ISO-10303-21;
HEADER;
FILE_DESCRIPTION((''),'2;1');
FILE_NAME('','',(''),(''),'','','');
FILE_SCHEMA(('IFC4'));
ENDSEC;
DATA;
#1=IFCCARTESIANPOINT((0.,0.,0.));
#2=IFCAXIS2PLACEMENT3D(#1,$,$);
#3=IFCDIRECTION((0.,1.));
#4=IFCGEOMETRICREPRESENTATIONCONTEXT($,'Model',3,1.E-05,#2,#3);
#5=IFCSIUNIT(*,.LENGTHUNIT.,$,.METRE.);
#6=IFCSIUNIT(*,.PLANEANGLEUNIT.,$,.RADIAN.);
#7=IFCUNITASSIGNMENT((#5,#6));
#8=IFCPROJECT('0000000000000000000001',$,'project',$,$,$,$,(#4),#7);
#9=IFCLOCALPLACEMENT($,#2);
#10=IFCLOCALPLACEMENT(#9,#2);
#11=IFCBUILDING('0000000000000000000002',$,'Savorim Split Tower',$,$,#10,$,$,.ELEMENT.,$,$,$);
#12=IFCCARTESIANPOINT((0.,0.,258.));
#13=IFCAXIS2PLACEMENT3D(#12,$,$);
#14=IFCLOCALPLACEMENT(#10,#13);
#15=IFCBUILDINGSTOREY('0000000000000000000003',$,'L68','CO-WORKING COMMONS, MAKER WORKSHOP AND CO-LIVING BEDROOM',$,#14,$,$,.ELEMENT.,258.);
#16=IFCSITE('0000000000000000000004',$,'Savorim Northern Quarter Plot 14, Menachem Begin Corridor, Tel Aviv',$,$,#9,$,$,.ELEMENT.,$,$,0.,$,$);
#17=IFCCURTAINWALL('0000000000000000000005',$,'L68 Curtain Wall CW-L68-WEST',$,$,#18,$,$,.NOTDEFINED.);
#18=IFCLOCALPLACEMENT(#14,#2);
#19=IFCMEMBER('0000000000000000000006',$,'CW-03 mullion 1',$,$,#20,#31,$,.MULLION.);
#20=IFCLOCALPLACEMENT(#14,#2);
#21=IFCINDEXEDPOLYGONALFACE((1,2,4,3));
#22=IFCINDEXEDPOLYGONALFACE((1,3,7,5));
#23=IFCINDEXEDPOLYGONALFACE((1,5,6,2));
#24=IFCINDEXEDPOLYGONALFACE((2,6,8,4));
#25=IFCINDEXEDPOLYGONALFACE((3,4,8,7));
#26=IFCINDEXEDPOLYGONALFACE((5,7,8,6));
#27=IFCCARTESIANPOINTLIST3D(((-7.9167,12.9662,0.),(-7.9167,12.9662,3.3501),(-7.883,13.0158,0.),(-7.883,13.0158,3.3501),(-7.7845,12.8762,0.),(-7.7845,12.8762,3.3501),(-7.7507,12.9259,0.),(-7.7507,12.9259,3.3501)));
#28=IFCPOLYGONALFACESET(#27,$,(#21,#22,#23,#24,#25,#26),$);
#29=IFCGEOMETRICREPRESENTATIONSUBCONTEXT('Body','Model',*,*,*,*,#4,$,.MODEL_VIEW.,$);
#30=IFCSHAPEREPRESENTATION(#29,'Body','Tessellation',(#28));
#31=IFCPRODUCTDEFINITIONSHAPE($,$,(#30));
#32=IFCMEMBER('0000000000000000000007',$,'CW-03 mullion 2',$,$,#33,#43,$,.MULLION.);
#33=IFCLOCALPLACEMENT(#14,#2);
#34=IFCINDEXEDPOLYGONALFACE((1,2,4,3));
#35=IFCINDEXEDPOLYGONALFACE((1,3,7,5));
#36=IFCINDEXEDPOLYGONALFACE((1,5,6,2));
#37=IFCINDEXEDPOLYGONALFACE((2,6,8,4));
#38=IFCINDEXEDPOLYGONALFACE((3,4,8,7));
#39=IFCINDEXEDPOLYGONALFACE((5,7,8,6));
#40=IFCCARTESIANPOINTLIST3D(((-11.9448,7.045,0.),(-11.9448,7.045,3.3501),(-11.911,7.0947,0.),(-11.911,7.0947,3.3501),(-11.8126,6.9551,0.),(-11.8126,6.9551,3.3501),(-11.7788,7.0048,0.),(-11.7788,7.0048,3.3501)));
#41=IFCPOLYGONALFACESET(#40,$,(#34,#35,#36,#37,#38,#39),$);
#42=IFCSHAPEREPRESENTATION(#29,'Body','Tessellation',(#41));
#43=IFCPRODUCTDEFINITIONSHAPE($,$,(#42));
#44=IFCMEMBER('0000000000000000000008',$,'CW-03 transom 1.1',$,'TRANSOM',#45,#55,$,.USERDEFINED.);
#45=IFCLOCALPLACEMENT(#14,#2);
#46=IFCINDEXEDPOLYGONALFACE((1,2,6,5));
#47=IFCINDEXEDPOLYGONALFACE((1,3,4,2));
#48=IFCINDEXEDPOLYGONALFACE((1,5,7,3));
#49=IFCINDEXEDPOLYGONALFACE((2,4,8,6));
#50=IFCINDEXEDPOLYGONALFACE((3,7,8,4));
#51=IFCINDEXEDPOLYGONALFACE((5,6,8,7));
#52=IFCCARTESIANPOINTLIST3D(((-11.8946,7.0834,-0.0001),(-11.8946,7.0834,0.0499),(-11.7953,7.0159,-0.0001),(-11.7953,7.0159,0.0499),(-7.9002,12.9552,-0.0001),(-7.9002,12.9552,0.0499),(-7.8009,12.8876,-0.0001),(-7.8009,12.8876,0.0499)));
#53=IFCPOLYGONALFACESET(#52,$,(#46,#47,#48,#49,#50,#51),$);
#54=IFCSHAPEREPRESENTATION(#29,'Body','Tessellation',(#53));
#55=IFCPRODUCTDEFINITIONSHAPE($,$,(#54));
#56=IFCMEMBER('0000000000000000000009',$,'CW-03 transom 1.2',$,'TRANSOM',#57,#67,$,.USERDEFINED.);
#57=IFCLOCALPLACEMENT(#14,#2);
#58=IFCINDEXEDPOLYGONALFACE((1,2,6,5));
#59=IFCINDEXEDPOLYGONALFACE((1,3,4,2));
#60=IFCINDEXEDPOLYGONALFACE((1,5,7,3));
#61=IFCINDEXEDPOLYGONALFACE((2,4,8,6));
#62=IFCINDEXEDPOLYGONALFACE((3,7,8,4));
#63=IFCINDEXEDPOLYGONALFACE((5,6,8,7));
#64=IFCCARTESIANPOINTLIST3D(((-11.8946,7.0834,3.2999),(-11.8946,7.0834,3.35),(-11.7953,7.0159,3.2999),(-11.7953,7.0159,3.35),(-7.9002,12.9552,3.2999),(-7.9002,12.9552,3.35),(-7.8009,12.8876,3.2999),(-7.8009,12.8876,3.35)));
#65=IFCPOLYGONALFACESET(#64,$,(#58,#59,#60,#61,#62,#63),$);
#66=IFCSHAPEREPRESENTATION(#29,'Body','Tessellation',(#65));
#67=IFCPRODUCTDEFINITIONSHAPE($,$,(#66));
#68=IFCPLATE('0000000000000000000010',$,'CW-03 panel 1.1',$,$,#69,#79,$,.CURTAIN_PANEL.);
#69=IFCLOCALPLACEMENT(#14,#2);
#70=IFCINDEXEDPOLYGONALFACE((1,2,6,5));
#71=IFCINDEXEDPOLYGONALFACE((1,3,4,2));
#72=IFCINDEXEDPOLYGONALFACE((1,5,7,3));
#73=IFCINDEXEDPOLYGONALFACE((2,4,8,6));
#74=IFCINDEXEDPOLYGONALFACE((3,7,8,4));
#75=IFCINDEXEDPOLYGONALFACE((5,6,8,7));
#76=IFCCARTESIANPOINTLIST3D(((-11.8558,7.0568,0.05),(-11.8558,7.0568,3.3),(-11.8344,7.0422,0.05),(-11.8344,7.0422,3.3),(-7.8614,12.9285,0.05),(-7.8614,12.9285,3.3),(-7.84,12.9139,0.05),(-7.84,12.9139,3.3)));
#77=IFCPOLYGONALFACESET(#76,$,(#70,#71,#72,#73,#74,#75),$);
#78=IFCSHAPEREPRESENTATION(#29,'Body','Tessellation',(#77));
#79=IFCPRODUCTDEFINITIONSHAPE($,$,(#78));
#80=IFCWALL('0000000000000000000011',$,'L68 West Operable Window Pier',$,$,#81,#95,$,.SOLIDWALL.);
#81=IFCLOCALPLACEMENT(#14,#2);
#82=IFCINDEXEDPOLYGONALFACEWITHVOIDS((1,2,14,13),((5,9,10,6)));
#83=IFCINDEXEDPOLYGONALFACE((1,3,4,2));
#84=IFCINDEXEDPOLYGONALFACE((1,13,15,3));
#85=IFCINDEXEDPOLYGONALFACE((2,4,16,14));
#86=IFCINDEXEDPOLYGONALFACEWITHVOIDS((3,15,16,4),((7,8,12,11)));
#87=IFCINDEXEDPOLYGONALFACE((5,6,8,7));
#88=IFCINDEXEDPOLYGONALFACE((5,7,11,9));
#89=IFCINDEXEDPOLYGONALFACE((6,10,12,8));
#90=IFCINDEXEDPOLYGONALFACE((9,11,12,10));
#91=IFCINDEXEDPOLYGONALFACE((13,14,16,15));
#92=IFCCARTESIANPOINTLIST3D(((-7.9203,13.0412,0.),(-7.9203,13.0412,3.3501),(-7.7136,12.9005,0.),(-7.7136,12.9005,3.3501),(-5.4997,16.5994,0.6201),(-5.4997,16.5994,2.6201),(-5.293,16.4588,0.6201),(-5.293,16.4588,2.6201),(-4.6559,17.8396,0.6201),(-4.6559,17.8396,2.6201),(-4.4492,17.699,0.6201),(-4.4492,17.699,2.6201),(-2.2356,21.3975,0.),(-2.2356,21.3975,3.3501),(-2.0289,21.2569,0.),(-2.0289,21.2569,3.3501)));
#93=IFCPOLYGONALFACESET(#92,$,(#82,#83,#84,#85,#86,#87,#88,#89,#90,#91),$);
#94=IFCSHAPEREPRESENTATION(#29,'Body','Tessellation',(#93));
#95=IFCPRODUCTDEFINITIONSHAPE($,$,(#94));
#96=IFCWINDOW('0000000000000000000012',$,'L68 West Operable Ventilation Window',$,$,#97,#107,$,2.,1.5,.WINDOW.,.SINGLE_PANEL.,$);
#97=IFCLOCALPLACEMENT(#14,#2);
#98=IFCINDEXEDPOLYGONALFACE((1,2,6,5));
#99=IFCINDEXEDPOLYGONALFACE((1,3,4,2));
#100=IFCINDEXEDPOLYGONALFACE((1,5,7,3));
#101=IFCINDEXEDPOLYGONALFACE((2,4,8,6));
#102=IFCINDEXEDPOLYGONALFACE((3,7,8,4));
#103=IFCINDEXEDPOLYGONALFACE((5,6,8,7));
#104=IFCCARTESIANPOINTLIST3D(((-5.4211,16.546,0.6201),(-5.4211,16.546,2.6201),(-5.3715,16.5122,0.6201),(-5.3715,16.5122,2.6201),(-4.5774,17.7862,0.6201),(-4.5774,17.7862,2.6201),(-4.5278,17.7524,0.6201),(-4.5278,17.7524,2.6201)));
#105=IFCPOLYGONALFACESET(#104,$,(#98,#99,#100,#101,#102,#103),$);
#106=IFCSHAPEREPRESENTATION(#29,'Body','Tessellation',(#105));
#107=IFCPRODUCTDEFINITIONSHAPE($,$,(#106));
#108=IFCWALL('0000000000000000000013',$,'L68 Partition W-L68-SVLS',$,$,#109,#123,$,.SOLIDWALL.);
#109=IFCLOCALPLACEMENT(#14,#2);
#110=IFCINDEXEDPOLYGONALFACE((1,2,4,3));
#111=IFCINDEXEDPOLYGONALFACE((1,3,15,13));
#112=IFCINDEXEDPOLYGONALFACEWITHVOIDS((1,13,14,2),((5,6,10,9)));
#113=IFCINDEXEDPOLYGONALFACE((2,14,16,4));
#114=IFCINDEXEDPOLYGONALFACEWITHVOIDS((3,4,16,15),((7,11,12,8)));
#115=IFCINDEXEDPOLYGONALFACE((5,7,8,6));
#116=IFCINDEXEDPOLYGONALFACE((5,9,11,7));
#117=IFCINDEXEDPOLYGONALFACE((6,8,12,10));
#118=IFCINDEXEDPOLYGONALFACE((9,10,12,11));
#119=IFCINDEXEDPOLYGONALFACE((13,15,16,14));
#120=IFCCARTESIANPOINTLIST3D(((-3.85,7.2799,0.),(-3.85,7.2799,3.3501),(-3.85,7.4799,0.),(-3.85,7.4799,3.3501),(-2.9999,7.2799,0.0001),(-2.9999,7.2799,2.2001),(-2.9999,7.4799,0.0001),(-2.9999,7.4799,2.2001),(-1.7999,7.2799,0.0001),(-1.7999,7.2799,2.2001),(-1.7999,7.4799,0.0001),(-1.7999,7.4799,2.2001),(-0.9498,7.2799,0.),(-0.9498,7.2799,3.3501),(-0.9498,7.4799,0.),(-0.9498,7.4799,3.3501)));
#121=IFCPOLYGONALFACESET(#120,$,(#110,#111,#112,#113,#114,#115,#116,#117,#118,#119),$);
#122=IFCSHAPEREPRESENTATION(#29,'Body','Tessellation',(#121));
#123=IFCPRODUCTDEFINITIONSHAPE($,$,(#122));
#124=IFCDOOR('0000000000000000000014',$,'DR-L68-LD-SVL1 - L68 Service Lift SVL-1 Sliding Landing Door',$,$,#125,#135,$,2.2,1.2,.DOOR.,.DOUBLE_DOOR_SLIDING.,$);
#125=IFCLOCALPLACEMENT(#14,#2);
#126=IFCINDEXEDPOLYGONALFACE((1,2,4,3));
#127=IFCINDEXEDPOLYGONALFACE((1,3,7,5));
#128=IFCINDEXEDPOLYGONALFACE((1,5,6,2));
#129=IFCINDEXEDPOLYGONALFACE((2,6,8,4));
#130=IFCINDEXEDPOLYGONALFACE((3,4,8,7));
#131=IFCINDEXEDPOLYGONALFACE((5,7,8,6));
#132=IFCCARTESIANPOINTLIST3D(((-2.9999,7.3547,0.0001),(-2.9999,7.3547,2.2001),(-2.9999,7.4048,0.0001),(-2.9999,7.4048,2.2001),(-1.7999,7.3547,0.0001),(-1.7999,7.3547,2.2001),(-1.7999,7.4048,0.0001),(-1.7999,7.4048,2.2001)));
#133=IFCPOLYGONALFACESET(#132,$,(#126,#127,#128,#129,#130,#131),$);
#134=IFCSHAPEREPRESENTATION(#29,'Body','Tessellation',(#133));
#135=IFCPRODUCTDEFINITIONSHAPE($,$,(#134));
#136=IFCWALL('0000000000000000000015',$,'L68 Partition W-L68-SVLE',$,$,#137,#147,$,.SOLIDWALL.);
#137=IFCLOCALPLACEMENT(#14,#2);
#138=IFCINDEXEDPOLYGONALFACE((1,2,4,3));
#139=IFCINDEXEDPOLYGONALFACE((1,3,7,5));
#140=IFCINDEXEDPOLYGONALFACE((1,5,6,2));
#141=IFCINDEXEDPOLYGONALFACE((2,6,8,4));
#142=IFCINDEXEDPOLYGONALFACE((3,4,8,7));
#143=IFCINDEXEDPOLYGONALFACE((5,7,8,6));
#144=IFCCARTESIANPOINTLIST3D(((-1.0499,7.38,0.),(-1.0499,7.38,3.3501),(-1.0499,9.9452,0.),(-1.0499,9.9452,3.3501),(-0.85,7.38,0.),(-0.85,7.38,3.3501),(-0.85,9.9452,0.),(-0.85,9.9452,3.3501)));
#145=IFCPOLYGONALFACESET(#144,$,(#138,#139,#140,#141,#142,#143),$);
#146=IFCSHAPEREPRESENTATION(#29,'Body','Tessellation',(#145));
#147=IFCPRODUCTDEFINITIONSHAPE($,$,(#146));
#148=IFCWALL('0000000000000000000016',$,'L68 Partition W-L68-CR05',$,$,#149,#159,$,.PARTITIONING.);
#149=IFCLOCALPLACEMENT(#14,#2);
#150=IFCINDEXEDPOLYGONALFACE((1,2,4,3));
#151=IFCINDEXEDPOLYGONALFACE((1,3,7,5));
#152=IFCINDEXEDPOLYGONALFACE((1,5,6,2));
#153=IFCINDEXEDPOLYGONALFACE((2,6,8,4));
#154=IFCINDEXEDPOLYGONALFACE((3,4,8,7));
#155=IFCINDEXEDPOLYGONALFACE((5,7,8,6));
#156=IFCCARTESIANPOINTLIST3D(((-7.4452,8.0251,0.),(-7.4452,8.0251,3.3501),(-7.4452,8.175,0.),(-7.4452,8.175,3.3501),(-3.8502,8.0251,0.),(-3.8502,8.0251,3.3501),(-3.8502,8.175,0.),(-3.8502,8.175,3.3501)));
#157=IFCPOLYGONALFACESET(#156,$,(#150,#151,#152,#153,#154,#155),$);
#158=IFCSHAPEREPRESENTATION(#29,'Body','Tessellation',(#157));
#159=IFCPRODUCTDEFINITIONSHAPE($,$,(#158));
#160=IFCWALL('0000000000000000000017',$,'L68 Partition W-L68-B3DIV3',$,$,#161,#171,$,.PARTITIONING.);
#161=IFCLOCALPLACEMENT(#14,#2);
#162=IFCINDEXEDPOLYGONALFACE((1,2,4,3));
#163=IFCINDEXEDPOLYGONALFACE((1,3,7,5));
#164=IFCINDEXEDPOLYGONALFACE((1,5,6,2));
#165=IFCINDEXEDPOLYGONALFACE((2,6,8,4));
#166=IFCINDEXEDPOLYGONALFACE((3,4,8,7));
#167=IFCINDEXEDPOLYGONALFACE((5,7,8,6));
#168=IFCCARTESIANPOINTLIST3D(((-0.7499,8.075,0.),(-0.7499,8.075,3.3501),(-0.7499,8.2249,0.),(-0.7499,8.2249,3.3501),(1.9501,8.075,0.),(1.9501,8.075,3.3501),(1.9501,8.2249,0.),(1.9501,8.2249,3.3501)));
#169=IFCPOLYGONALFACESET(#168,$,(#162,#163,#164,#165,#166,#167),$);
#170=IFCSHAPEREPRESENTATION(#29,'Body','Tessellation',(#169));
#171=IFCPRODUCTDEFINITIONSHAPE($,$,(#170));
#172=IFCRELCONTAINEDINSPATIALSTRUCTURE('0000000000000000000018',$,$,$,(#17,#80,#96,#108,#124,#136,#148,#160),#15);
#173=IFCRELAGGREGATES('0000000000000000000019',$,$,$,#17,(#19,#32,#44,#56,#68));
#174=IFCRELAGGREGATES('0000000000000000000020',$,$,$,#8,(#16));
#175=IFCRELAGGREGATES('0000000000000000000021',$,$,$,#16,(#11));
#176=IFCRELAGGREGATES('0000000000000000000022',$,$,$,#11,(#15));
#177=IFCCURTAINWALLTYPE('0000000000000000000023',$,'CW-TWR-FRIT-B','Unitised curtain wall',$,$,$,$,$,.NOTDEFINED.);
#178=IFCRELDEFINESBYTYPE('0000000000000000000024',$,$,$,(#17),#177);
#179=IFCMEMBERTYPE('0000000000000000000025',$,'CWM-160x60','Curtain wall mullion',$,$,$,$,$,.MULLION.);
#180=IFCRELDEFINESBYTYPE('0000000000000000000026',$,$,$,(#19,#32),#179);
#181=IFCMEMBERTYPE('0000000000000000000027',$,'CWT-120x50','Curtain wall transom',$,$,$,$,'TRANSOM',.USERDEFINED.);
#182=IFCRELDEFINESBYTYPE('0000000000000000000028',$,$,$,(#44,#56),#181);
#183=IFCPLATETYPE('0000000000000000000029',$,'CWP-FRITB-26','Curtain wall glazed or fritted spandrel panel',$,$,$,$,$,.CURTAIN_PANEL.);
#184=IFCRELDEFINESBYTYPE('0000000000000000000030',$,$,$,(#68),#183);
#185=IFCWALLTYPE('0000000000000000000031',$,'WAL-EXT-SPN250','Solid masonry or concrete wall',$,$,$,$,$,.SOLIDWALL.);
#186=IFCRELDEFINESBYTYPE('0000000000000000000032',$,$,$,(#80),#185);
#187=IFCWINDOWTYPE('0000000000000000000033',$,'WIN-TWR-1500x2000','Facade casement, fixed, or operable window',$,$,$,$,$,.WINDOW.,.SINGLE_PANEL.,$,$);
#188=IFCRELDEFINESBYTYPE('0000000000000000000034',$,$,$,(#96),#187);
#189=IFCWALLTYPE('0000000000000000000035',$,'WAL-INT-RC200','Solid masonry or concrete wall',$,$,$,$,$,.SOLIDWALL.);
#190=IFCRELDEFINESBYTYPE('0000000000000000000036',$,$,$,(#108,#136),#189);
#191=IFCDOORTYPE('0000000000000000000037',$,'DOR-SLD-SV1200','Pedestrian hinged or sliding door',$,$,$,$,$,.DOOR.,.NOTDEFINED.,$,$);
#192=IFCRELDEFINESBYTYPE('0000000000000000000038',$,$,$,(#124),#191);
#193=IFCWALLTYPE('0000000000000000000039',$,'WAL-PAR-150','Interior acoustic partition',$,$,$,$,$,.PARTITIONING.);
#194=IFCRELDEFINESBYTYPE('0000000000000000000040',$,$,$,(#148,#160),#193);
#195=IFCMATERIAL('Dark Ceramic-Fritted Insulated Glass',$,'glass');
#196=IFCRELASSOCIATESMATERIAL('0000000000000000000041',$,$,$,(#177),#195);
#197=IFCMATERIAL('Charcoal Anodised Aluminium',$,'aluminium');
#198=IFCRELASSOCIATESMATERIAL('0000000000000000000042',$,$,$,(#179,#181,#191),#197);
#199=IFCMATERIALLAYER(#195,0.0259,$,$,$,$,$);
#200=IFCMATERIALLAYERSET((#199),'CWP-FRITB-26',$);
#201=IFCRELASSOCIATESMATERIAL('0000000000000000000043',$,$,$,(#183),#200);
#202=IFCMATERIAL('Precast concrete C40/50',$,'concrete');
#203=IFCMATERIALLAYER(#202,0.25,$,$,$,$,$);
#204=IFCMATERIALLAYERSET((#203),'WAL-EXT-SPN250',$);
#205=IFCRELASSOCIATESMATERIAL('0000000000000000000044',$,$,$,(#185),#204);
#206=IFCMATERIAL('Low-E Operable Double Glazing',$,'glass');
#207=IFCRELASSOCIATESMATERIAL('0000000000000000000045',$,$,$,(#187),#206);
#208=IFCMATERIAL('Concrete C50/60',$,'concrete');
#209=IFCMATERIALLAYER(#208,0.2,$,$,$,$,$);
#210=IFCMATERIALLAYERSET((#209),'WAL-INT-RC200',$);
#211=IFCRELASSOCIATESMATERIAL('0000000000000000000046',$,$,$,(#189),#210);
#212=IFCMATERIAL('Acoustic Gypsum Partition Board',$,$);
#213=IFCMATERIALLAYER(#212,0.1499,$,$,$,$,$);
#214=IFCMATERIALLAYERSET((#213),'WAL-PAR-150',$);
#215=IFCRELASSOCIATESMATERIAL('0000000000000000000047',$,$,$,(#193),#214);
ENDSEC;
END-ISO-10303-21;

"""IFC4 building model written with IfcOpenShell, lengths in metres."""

from ifc_helpers import new_model, si_unit, direction, frame, frame_2d, origin, origin_2d, place, context, subcontext, project, spatial, rectangle, extrude, material, layer, layer_set, material_profile, profile_set, type_object, element, fill, aggregate, save


model = new_model("IFC4")

# Units and contexts
model_context = context("Model", 3, precision=1e-05, world=origin(), true_north=direction((0.0, 1.0)))
body_context = subcontext(model_context, "Body", "Model", "MODEL_VIEW")
ifc_project = project(units=[si_unit("LENGTHUNIT", "METRE"), si_unit("PLANEANGLEUNIT", "RADIAN")], contexts=[model_context])

# Site, building, storey
site_placement = place(None, origin())
site = spatial("IfcSite", under=ifc_project, at=site_placement, Name="Savorim Northern Quarter Plot 14, Menachem Begin Corridor, Tel Aviv", CompositionType="ELEMENT", RefElevation=0.0)
building_placement = place(site_placement, origin())
building = spatial("IfcBuilding", under=site, at=building_placement, Name="Savorim Split Tower", CompositionType="ELEMENT")
storey_placement = place(building_placement, frame((0.0, 0.0, 258.0)))
storey = spatial("IfcBuildingStorey", under=building, at=storey_placement, Name="L68", Description="CO-WORKING COMMONS, MAKER WORKSHOP AND CO-LIVING BEDROOM", CompositionType="ELEMENT", Elevation=258.0)

# Curtain wall, members, plate
ifc_material_1 = material(Name="Dark Ceramic-Fritted Insulated Glass", Category="glass")
curtain_wall_type = type_object("IfcCurtainWallType", Name="CW-TWR-FRIT-B", Description="Unitised curtain wall", PredefinedType="NOTDEFINED", material=ifc_material_1)
curtain_wall_placement = place(storey_placement, origin())
curtain_wall = element("IfcCurtainWall", 1, at=curtain_wall_placement, inside=storey, type_object=curtain_wall_type, Name="L68 Curtain Wall CW-L68-WEST", PredefinedType="NOTDEFINED")
ifc_material_2 = material(Name="Charcoal Anodised Aluminium", Category="aluminium")
ifc_material_profile_1 = material_profile(ifc_material_2, rectangle(XDim=0.1599, YDim=0.0601, at=origin_2d()), Name="ALU-M 160x60")
ifc_profile_set_1 = profile_set([ifc_material_profile_1], Name="Charcoal Anodised Aluminium")
member_type_1 = type_object("IfcMemberType", Name="CWM-160x60", Description="Curtain wall mullion", PredefinedType="MULLION", material=ifc_profile_set_1)
member_1_placement = place(storey_placement, frame((-7.8337, 12.946, 0.0), z_axis=(0.0, 0.0, 1.0), x_axis=(0.826817, -0.56247, 0.0)))
member_1 = element("IfcMember", 2, at=member_1_placement, type_object=member_type_1, Name="CW-03 mullion 1", PredefinedType="MULLION", context=body_context, shape_type="SweptSolid", body=[
    extrude(rectangle(XDim=0.1599, YDim=0.0601, at=origin_2d()), origin(), (0.0, 0.0, 1.0), 3.3501),
])
member_2_placement = place(storey_placement, frame((-11.8618, 7.0249, 0.0), z_axis=(0.0, 0.0, 1.0), x_axis=(0.826817, -0.56247, 0.0)))
member_2 = element("IfcMember", 3, at=member_2_placement, type_object=member_type_1, Name="CW-03 mullion 2", PredefinedType="MULLION", context=body_context, shape_type="SweptSolid", body=[
    extrude(rectangle(XDim=0.1599, YDim=0.0601, at=origin_2d()), origin(), (0.0, 0.0, 1.0), 3.3501),
])
ifc_material_profile_2 = material_profile(ifc_material_2, rectangle(XDim=0.1201, YDim=0.05, at=origin_2d()), Name="ALU-T 120x50")
ifc_profile_set_2 = profile_set([ifc_material_profile_2], Name="Charcoal Anodised Aluminium")
member_type_2 = type_object("IfcMemberType", Name="CWT-120x50", Description="Curtain wall transom", ElementType="TRANSOM", PredefinedType="USERDEFINED", material=ifc_profile_set_2)
member_3_placement = place(storey_placement, frame((-7.8506, 12.9214, 0.0249), z_axis=(-0.562459, -0.826825, 0.0), x_axis=(0.826825, -0.562459, 0.0)))
member_3 = element("IfcMember", 4, at=member_3_placement, type_object=member_type_2, Name="CW-03 transom 1.1", ObjectType="TRANSOM", PredefinedType="USERDEFINED", context=body_context, shape_type="SweptSolid", body=[
    extrude(rectangle(XDim=0.1201, YDim=0.05, at=origin_2d()), origin(), (0.0, 0.0, 1.0), 7.1016),
])
member_4_placement = place(storey_placement, frame((-7.8506, 12.9214, 3.325), z_axis=(-0.562459, -0.826825, 0.0), x_axis=(0.826825, -0.562459, 0.0)))
member_4 = element("IfcMember", 5, at=member_4_placement, type_object=member_type_2, Name="CW-03 transom 1.2", ObjectType="TRANSOM", PredefinedType="USERDEFINED", context=body_context, shape_type="SweptSolid", body=[
    extrude(rectangle(XDim=0.1201, YDim=0.05, at=origin_2d()), origin(), (0.0, 0.0, 1.0), 7.1016),
])
ifc_layer_1 = layer(ifc_material_1, 0.0259)
ifc_layer_set_1 = layer_set([ifc_layer_1], Name="CWP-FRITB-26")
plate_type = type_object("IfcPlateType", Name="CWP-FRITB-26", Description="Curtain wall glazed or fritted spandrel panel", PredefinedType="CURTAIN_PANEL", material=ifc_layer_set_1)
plate_placement = place(storey_placement, frame((-9.8479, 9.9854, 0.05), z_axis=(0.0, 0.0, 1.0), x_axis=(-0.56247, -0.826817, 0.0)))
plate = element("IfcPlate", 6, at=plate_placement, type_object=plate_type, Name="CW-03 panel 1.1", PredefinedType="CURTAIN_PANEL", context=body_context, shape_type="SweptSolid", body=[
    extrude(rectangle(XDim=7.1016, YDim=0.0259, at=origin_2d()), origin(), (0.0, 0.0, 1.0), 3.25),
])
aggregate(curtain_wall, [member_1, member_2, member_3, member_4, plate])

# Shared definitions
ifc_material_3 = material(Name="Precast concrete C40/50", Category="concrete")

# Wall, opening, window
ifc_layer_2 = layer(ifc_material_3, 0.25)
ifc_layer_set_2 = layer_set([ifc_layer_2], Name="WAL-EXT-SPN250")
wall_type_1 = type_object("IfcWallType", Name="WAL-EXT-SPN250", Description="Solid masonry or concrete wall", PredefinedType="SOLIDWALL", material=ifc_layer_set_2)
wall_1_placement = place(storey_placement, frame((-7.8169, 12.9709, 0.0), z_axis=(0.0, 0.0, 1.0), x_axis=(0.562475, 0.826815, 0.0)))
wall_1 = element("IfcWall", 7, at=wall_1_placement, inside=storey, type_object=wall_type_1, Name="L68 West Operable Window Pier", PredefinedType="SOLIDWALL", context=body_context, shape_type="SweptSolid", body=[
    extrude(rectangle(XDim=10.1067, YDim=0.25, at=frame_2d((5.0532, 0.0))), origin(), (0.0, 0.0, 1.0), 3.3501),
])
opening_1_placement = place(wall_1_placement, frame((4.3035, 0.0, 0.6201)))
opening_1 = element("IfcOpeningElement", 8, at=opening_1_placement, cuts=wall_1, PredefinedType="OPENING", context=body_context, shape_type="SweptSolid", body=[
    extrude(rectangle(XDim=1.5, YDim=2.0, at=frame_2d((0.75, 1.0))), frame((0.0, 0.135, 0.0), z_axis=(0.0, -1.0, 0.0), x_axis=(1.0, 0.0, 0.0)), (0.0, 0.0, 1.0), 0.27),
])
ifc_material_4 = material(Name="Low-E Operable Double Glazing", Category="glass")
window_type = type_object("IfcWindowType", Name="WIN-TWR-1500x2000", Description="Facade casement, fixed, or operable window", PartitioningType="SINGLE_PANEL", PredefinedType="WINDOW", material=ifc_material_4)
window_placement = place(opening_1_placement, origin())
window = element("IfcWindow", 9, at=window_placement, inside=storey, type_object=window_type, Name="L68 West Operable Ventilation Window", OverallHeight=2.0, OverallWidth=1.5, PartitioningType="SINGLE_PANEL", PredefinedType="WINDOW", context=body_context, shape_type="SweptSolid", body=[
    extrude(rectangle(XDim=1.5, YDim=2.0, at=frame_2d((0.75, 1.0))), frame((0.0, 0.03, 0.0), z_axis=(0.0, -1.0, 0.0), x_axis=(1.0, 0.0, 0.0)), (0.0, 0.0, 1.0), 0.0601),
])
fill(opening_1, window)

# Wall, opening, door
ifc_material_5 = material(Name="Concrete C50/60", Category="concrete")
ifc_layer_3 = layer(ifc_material_5, 0.2)
ifc_layer_set_3 = layer_set([ifc_layer_3], Name="WAL-INT-RC200")
wall_type_2 = type_object("IfcWallType", Name="WAL-INT-RC200", Description="Solid masonry or concrete wall", PredefinedType="SOLIDWALL", material=ifc_layer_set_3)
wall_2_placement = place(storey_placement, frame((-3.8501, 7.3799, 0.0), z_axis=(0.0, 0.0, 1.0), x_axis=(1.0, 0.0, 0.0)))
wall_2 = element("IfcWall", 10, at=wall_2_placement, inside=storey, type_object=wall_type_2, Name="L68 Partition W-L68-SVLS", PredefinedType="SOLIDWALL", context=body_context, shape_type="SweptSolid", body=[
    extrude(rectangle(XDim=2.9001, YDim=0.2, at=frame_2d((1.4502, 0.0))), origin(), (0.0, 0.0, 1.0), 3.3501),
])
opening_2_placement = place(wall_2_placement, frame((0.8501, 0.0, 0.0)))
opening_2 = element("IfcOpeningElement", 11, at=opening_2_placement, cuts=wall_2, PredefinedType="OPENING", context=body_context, shape_type="SweptSolid", body=[
    extrude(rectangle(XDim=1.2, YDim=2.2, at=frame_2d((0.6001, 1.1001))), frame((0.0, 0.1099, 0.0), z_axis=(0.0, -1.0, 0.0), x_axis=(1.0, 0.0, 0.0)), (0.0, 0.0, 1.0), 0.22),
])
door_type_1 = type_object("IfcDoorType", Name="DOR-SLD-SV1200", Description="Pedestrian hinged or sliding door", OperationType="NOTDEFINED", PredefinedType="DOOR", material=ifc_material_2)
door_1_placement = place(opening_2_placement, origin())
door_1 = element("IfcDoor", 12, at=door_1_placement, inside=storey, type_object=door_type_1, Name="DR-L68-LD-SVL1 - L68 Service Lift SVL-1 Sliding Landing Door", OperationType="DOUBLE_DOOR_SLIDING", OverallHeight=2.2, OverallWidth=1.2, PredefinedType="DOOR", context=body_context, shape_type="SweptSolid", body=[
    extrude(rectangle(XDim=1.2, YDim=2.2, at=frame_2d((0.6001, 1.1001))), frame((0.0, 0.0249, 0.0), z_axis=(0.0, -1.0, 0.0), x_axis=(1.0, 0.0, 0.0)), (0.0, 0.0, 1.0), 0.05),
])
fill(opening_2, door_1)

# Walls
wall_3_placement = place(storey_placement, frame((-0.95, 7.3799, 0.0), z_axis=(0.0, 0.0, 1.0), x_axis=(0.0, 1.0, 0.0)))
element("IfcWall", 13, at=wall_3_placement, inside=storey, type_object=wall_type_2, Name="L68 Partition W-L68-SVLE", PredefinedType="SOLIDWALL", context=body_context, shape_type="SweptSolid", body=[
    extrude(rectangle(XDim=2.5652, YDim=0.2, at=frame_2d((1.2827, 0.0))), origin(), (0.0, 0.0, 1.0), 3.3501),
])
ifc_material_6 = material(Name="Acoustic Gypsum Partition Board")
ifc_layer_4 = layer(ifc_material_6, 0.1499)
ifc_layer_set_4 = layer_set([ifc_layer_4], Name="WAL-PAR-150")
wall_type_3 = type_object("IfcWallType", Name="WAL-PAR-150", Description="Interior acoustic partition", PredefinedType="PARTITIONING", material=ifc_layer_set_4)
wall_4_placement = place(storey_placement, frame((-7.4451, 8.1001, 0.0), z_axis=(0.0, 0.0, 1.0), x_axis=(1.0, 0.0, 0.0)))
element("IfcWall", 14, at=wall_4_placement, inside=storey, type_object=wall_type_3, Name="L68 Partition W-L68-CR05", PredefinedType="PARTITIONING", context=body_context, shape_type="SweptSolid", body=[
    extrude(rectangle(XDim=3.595, YDim=0.1499, at=frame_2d((1.7974, 0.0))), origin(), (0.0, 0.0, 1.0), 3.3501),
])
wall_5_placement = place(storey_placement, frame((-0.75, 8.1499, 0.0), z_axis=(0.0, 0.0, 1.0), x_axis=(1.0, 0.0, 0.0)))
element("IfcWall", 15, at=wall_5_placement, inside=storey, type_object=wall_type_3, Name="L68 Partition W-L68-B3DIV3", PredefinedType="PARTITIONING", context=body_context, shape_type="SweptSolid", body=[
    extrude(rectangle(XDim=2.7, YDim=0.1499, at=frame_2d((1.3501, 0.0))), origin(), (0.0, 0.0, 1.0), 3.3501),
])

save(model, "model.ifc")
